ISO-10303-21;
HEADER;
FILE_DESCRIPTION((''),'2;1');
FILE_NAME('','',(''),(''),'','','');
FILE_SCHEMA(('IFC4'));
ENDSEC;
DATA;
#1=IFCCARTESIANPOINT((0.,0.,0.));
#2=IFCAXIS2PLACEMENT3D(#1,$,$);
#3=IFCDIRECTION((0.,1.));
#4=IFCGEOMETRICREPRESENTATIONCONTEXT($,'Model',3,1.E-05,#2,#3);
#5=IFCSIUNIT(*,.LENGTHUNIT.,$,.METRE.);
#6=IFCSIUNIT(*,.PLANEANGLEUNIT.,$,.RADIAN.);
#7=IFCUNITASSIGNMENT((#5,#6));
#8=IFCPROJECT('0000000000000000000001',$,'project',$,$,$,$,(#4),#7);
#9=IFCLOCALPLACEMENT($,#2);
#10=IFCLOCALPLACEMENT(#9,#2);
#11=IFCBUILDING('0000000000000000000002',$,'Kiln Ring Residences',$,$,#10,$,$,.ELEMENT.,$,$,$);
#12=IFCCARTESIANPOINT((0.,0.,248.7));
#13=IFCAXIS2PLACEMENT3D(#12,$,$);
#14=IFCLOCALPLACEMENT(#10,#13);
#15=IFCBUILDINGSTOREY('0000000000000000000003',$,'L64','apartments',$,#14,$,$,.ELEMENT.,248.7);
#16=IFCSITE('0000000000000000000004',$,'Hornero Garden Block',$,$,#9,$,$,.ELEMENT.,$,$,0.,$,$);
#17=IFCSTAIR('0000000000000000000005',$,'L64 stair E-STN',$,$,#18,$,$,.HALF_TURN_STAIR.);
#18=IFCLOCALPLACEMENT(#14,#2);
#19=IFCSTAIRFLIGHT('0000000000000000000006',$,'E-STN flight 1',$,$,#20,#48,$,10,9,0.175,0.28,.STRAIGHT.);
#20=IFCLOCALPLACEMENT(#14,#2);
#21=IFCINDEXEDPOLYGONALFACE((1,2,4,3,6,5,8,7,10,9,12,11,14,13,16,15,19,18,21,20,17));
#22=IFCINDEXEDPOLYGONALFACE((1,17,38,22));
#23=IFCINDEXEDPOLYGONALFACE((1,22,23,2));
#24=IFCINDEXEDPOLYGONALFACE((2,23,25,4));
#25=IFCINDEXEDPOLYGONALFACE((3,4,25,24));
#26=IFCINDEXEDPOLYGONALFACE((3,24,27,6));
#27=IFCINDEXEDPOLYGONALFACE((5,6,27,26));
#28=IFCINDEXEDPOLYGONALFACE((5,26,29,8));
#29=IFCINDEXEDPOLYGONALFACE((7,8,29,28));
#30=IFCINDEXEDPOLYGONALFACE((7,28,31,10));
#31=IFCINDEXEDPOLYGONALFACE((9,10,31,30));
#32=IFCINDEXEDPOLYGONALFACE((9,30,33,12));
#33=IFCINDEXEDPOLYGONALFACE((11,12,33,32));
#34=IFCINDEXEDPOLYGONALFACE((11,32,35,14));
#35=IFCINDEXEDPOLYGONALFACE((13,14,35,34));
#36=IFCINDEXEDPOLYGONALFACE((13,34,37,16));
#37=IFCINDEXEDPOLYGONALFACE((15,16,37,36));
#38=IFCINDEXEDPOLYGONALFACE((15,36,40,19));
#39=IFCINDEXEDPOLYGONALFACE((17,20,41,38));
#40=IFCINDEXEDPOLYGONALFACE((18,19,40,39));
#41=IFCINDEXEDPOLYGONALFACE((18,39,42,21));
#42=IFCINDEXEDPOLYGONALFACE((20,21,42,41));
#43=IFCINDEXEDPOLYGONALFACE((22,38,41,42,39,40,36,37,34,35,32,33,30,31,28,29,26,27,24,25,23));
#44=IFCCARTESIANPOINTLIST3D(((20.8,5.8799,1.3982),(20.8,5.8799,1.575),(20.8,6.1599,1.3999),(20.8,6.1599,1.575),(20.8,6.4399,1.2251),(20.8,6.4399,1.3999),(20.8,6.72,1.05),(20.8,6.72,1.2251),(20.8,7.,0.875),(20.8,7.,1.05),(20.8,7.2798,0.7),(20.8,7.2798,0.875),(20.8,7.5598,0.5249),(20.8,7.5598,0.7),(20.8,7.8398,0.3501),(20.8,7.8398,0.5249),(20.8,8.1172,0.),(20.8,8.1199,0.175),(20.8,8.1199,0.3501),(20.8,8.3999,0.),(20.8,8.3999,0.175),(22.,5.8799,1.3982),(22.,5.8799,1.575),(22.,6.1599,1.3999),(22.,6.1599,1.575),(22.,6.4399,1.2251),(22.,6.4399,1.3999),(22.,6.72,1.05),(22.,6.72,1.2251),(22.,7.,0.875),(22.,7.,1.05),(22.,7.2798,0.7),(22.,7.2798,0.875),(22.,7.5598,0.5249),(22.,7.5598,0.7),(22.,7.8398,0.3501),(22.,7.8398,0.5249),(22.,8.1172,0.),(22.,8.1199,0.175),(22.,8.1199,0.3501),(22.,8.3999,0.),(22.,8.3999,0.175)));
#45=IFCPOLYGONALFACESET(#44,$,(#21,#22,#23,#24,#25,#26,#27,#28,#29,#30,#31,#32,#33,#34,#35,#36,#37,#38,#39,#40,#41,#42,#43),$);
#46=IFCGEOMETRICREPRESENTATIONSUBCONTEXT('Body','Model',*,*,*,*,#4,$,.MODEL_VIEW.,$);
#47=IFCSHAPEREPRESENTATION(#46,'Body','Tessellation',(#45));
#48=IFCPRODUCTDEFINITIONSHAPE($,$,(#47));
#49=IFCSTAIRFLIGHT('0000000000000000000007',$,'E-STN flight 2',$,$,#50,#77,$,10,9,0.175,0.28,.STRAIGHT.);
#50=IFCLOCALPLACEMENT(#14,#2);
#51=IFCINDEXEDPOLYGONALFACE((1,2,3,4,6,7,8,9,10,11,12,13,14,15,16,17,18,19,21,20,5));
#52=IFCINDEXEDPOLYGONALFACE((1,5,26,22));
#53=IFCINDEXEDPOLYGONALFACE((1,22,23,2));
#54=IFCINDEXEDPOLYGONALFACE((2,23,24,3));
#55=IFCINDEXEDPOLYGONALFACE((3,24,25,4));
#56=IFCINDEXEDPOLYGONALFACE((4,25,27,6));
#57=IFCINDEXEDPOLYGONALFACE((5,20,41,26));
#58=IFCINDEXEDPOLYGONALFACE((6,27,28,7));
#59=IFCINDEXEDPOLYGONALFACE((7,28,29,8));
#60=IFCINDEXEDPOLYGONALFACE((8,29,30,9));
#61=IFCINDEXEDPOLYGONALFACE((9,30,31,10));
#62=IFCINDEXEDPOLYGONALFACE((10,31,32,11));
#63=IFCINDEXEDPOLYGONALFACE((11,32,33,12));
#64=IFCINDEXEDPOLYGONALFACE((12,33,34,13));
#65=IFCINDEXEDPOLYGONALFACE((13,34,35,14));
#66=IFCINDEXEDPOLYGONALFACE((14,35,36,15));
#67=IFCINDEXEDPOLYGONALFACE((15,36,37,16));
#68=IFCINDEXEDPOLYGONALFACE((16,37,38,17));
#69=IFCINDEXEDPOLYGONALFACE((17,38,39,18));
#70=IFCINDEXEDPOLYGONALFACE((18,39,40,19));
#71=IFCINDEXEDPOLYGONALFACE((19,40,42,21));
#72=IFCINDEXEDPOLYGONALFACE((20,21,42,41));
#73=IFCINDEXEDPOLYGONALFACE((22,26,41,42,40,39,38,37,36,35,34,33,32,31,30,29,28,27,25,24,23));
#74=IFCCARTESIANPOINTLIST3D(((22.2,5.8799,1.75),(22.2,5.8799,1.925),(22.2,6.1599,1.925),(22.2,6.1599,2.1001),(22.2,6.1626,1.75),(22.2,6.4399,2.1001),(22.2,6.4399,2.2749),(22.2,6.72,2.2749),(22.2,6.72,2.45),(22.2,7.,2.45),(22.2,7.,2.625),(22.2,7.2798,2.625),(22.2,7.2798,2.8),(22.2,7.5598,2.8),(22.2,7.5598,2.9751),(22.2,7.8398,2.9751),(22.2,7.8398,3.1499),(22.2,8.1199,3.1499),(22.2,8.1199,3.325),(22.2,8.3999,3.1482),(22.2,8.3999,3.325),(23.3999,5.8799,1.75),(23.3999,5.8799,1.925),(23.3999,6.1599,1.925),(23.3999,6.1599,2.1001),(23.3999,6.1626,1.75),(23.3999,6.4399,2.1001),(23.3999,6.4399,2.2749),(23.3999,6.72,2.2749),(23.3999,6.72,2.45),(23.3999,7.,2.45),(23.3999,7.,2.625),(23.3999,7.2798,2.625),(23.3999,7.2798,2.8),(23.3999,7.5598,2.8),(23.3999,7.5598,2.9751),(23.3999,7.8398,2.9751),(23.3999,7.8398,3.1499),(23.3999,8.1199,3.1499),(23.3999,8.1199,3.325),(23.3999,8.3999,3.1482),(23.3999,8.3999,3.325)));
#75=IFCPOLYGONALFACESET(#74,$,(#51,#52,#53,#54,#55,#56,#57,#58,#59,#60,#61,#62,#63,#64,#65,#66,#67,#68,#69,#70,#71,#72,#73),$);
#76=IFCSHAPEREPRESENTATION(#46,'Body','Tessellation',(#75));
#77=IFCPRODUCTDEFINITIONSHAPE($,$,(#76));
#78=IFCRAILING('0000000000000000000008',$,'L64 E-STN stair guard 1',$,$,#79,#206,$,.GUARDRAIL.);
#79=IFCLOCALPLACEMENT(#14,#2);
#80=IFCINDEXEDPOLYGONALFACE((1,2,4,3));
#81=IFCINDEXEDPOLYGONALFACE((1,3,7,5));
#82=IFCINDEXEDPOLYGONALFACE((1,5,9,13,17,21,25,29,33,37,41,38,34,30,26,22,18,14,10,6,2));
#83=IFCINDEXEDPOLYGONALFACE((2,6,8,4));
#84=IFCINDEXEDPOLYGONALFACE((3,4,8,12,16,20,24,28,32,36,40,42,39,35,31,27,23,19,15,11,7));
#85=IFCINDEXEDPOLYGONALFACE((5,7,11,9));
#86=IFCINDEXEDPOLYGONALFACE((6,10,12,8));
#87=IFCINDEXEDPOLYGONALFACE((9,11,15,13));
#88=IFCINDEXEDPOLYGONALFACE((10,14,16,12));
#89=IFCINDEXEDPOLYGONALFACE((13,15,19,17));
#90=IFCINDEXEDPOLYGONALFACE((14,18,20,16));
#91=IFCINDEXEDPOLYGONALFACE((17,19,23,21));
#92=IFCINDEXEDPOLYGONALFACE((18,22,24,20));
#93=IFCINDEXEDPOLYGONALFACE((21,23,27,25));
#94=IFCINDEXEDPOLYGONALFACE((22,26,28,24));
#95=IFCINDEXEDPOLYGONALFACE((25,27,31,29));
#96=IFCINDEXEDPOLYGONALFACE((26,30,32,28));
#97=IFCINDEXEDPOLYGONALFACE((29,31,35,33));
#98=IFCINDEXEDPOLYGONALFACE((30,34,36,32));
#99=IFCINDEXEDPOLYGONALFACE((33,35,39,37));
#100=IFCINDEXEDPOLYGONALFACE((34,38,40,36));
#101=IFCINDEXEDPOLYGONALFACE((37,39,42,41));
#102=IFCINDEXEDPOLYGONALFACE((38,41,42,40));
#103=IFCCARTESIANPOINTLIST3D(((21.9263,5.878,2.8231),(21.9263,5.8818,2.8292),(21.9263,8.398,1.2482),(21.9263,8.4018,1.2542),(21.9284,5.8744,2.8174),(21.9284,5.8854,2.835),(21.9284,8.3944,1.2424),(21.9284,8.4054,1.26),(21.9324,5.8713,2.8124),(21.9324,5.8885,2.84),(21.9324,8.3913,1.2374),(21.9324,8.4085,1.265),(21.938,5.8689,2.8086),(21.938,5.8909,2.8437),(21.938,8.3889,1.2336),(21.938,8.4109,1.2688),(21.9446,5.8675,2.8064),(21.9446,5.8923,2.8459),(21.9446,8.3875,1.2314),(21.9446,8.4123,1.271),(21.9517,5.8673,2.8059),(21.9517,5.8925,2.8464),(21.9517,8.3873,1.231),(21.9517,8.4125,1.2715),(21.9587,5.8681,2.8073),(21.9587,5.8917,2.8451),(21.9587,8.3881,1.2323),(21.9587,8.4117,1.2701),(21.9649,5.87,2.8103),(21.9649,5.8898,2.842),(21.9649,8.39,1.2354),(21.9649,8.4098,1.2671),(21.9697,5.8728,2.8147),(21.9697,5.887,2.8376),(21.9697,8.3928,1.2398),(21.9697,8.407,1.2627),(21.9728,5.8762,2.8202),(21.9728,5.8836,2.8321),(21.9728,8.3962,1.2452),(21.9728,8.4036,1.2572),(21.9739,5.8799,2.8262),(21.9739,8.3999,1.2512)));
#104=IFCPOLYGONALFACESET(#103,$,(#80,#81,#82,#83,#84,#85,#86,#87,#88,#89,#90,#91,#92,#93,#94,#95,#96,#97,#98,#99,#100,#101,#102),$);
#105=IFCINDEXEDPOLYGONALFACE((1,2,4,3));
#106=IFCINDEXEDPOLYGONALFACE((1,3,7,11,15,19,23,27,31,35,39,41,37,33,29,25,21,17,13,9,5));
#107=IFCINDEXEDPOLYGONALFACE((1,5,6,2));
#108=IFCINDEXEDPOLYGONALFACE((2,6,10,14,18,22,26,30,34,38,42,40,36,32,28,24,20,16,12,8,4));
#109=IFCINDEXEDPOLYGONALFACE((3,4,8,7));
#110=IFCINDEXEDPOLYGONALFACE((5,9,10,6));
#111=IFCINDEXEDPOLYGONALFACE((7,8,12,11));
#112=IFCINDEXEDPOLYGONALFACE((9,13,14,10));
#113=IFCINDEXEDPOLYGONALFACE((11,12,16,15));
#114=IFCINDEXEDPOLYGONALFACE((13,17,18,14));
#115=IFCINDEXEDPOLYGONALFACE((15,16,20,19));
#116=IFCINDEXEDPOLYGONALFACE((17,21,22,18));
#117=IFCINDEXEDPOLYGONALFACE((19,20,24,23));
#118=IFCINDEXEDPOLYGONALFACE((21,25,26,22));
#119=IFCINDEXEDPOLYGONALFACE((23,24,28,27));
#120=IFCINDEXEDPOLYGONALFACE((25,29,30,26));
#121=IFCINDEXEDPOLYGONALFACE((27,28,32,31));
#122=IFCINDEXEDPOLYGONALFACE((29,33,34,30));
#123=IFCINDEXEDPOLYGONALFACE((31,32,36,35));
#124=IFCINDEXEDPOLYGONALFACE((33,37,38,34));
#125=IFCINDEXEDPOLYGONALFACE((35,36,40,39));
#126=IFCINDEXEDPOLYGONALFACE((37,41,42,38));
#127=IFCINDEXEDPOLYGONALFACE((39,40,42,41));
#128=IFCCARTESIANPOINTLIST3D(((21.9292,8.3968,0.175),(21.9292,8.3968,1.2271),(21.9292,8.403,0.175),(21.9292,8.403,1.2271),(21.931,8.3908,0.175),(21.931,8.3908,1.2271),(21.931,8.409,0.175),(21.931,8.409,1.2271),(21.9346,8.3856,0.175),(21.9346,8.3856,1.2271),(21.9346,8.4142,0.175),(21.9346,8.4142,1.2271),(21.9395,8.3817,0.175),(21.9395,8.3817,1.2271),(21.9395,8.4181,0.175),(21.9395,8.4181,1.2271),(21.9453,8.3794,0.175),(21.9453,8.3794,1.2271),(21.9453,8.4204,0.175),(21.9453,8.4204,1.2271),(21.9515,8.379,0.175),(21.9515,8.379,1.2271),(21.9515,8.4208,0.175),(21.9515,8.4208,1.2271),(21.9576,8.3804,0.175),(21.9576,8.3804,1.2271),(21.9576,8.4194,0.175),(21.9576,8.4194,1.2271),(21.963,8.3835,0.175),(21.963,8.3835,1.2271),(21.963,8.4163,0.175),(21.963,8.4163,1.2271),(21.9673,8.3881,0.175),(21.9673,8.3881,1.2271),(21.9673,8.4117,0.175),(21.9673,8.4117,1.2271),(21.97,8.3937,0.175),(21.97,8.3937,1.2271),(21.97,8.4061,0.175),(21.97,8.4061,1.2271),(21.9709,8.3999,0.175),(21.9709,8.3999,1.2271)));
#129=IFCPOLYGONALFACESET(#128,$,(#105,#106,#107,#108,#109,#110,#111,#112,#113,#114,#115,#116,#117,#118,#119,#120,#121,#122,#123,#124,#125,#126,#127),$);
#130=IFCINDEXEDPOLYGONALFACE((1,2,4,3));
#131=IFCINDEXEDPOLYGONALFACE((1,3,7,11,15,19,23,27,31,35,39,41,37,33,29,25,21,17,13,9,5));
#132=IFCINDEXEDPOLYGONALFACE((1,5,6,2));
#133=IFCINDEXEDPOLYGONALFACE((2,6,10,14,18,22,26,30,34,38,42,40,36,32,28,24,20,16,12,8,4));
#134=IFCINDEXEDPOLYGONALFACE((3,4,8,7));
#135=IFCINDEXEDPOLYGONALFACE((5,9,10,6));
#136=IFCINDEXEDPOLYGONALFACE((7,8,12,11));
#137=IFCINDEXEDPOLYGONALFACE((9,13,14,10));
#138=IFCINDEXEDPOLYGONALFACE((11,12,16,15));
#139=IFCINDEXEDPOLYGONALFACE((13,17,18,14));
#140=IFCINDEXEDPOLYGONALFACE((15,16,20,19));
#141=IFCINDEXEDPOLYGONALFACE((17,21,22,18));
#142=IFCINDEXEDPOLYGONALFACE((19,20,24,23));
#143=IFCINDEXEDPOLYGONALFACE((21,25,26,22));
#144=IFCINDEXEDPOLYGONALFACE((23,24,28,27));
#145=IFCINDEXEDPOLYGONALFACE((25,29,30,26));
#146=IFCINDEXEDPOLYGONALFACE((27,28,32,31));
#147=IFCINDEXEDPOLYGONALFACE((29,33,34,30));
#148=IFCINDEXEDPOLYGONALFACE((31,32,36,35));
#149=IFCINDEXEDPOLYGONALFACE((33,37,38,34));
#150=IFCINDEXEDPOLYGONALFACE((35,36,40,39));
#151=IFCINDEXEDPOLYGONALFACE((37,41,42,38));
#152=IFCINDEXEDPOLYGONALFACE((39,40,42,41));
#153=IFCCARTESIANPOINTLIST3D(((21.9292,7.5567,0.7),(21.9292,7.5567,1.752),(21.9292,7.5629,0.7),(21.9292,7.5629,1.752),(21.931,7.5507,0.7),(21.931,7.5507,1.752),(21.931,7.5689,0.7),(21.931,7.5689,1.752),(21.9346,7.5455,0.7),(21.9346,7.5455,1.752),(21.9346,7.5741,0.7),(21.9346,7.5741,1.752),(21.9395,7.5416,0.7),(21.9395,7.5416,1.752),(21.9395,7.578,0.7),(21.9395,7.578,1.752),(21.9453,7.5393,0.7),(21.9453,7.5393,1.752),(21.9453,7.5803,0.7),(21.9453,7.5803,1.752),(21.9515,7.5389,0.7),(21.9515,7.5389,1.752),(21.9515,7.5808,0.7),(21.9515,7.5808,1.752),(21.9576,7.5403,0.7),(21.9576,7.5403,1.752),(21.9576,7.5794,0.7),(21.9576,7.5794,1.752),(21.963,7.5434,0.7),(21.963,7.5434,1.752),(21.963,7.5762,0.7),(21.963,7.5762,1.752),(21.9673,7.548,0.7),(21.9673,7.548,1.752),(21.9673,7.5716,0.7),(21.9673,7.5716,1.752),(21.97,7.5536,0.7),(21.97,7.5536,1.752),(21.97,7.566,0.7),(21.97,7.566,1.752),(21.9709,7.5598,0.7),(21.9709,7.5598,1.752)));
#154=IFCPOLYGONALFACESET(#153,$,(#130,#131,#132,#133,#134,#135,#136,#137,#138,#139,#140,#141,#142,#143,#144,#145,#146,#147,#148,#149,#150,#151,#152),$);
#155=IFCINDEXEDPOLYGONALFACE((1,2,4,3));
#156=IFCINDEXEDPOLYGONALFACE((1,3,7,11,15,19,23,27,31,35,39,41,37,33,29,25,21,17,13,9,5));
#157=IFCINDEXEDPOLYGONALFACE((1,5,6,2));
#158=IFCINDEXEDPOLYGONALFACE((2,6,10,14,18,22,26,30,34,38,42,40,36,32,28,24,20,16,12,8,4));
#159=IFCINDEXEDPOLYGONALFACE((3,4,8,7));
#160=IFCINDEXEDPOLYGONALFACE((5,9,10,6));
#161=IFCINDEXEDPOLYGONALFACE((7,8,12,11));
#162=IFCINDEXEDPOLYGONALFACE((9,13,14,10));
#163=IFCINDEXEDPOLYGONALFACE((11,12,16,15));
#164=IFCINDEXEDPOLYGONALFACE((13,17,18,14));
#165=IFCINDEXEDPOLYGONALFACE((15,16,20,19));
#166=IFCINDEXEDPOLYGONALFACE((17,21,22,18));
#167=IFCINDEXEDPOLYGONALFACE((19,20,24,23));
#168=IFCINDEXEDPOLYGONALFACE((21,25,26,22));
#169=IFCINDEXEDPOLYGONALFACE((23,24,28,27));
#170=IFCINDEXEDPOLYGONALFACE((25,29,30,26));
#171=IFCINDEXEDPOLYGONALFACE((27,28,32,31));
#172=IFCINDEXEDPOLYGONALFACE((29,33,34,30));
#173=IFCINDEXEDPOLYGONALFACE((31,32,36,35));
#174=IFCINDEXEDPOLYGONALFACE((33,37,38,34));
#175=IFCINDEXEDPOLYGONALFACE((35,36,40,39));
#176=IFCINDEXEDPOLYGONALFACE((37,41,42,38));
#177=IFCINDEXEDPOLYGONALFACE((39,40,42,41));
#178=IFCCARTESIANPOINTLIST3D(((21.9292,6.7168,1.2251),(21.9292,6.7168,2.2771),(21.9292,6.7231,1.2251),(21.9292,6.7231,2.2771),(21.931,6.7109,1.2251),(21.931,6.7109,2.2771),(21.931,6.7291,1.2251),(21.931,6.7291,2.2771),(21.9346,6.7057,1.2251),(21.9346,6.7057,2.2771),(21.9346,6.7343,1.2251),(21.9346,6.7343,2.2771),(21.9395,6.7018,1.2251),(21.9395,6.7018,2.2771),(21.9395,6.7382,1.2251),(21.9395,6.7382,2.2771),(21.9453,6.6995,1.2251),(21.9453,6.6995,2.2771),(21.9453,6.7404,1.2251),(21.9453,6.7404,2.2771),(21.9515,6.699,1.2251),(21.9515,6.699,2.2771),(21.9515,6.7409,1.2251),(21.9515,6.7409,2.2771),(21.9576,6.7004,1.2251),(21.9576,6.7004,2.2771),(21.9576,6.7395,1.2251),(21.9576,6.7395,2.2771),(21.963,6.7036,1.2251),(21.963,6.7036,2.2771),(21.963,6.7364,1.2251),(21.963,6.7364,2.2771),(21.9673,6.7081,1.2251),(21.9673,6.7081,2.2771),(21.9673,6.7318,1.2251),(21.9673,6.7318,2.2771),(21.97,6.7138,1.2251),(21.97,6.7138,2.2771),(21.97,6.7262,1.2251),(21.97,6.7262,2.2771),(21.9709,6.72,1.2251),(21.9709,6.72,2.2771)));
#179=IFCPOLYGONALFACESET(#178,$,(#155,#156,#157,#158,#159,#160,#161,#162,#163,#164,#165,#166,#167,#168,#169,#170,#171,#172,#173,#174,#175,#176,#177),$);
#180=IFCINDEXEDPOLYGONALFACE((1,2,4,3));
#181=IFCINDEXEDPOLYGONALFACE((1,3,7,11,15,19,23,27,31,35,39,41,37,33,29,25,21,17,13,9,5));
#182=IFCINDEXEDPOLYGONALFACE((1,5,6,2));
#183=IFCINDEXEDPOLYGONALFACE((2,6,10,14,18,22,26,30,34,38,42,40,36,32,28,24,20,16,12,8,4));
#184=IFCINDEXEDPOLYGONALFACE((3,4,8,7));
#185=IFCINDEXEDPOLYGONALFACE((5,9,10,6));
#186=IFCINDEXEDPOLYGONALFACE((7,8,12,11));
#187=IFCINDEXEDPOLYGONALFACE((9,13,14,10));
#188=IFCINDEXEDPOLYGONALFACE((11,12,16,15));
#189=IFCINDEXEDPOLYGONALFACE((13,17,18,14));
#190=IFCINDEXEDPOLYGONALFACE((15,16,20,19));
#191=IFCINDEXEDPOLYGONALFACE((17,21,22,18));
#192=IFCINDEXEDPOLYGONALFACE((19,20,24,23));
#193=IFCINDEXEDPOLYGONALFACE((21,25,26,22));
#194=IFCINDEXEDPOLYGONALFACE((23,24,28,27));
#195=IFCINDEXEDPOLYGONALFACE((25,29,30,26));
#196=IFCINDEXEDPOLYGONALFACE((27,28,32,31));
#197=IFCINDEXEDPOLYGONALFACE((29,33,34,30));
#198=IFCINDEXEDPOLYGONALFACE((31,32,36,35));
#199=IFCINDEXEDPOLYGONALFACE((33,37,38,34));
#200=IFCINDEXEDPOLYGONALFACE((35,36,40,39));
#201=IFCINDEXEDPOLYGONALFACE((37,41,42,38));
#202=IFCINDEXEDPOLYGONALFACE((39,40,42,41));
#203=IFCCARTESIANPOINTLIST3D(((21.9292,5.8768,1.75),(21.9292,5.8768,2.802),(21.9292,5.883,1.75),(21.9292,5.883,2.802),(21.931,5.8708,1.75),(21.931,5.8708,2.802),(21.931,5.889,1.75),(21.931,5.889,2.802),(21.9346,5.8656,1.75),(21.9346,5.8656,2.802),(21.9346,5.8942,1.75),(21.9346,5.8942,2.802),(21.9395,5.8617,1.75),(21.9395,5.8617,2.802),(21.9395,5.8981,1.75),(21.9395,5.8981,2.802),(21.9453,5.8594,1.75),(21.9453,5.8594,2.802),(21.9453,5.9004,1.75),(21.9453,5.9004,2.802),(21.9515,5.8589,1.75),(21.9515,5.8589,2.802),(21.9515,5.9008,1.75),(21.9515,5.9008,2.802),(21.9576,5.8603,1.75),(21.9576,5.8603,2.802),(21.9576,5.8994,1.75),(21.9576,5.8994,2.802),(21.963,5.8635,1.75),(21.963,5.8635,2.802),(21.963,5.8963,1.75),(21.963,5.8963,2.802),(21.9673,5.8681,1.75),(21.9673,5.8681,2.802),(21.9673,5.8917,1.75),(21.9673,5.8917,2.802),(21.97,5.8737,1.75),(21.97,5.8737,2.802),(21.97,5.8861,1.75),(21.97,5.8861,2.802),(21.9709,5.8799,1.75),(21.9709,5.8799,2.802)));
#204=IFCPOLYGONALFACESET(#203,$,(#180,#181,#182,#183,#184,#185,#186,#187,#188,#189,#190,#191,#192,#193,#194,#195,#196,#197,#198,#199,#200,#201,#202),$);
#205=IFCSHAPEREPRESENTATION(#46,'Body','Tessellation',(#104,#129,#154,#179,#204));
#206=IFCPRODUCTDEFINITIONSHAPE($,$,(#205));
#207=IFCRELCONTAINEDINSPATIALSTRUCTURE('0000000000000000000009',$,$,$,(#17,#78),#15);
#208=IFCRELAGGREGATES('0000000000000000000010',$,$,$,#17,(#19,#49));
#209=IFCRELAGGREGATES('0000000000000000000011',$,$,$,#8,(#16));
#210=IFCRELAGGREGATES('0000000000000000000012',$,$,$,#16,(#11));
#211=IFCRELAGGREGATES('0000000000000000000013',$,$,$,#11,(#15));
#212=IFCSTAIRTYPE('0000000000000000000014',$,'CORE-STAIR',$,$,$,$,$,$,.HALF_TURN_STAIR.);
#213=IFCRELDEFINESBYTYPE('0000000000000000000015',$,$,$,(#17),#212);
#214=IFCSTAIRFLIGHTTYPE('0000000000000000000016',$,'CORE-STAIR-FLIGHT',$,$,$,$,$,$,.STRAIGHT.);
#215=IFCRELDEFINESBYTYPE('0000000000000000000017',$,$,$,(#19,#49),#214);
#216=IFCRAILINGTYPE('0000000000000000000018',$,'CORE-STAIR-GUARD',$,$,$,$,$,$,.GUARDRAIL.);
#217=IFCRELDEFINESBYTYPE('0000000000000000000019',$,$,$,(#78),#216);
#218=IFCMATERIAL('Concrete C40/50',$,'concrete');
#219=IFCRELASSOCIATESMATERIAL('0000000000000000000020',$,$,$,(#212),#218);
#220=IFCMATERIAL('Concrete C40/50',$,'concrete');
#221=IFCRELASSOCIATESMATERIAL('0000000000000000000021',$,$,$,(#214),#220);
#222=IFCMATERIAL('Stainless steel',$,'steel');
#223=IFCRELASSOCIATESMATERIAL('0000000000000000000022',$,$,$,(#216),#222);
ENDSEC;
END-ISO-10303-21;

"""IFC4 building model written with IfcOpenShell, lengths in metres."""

from ifc_helpers import new_model, si_unit, direction, frame, origin, origin_2d, place, context, subcontext, project, spatial, polyline, circle, outline, extrude, material, type_object, element, aggregate, save


model = new_model("IFC4")

# Units and contexts
model_context = context("Model", 3, precision=1e-05, world=origin(), true_north=direction((0.0, 1.0)))
body_context = subcontext(model_context, "Body", "Model", "MODEL_VIEW")
ifc_project = project(units=[si_unit("LENGTHUNIT", "METRE"), si_unit("PLANEANGLEUNIT", "RADIAN")], contexts=[model_context])

# Site, building, storey
site_placement = place(None, origin())
site = spatial("IfcSite", under=ifc_project, at=site_placement, Name="Hornero Garden Block", CompositionType="ELEMENT", RefElevation=0.0)
building_placement = place(site_placement, origin())
building = spatial("IfcBuilding", under=site, at=building_placement, Name="Kiln Ring Residences", CompositionType="ELEMENT")
storey_placement = place(building_placement, frame((0.0, 0.0, 248.7)))
storey = spatial("IfcBuildingStorey", under=building, at=storey_placement, Name="L64", Description="apartments", CompositionType="ELEMENT", Elevation=248.7)

# Stair, stair flights
ifc_material_1 = material(Name="Concrete C40/50", Category="concrete")
stair_type = type_object("IfcStairType", Name="CORE-STAIR", PredefinedType="HALF_TURN_STAIR", material=ifc_material_1)
stair_placement = place(storey_placement, origin())
stair = element("IfcStair", 1, at=stair_placement, inside=storey, type_object=stair_type, Name="L64 stair E-STN", PredefinedType="HALF_TURN_STAIR")
ifc_material_2 = material(Name="Concrete C40/50", Category="concrete")
stair_flight_type = type_object("IfcStairFlightType", Name="CORE-STAIR-FLIGHT", PredefinedType="STRAIGHT", material=ifc_material_2)
stair_flight_1_placement = place(storey_placement, frame((21.3999, 8.3999, 0.0), z_axis=(0.0, 0.0, 1.0), x_axis=(0.0, -1.0, 0.0)))
stair_flight_1 = element("IfcStairFlight", 2, at=stair_flight_1_placement, type_object=stair_flight_type, Name="E-STN flight 1", NumberOfRisers=10, NumberOfTreads=9, PredefinedType="STRAIGHT", RiserHeight=0.175, TreadLength=0.28, context=body_context, shape_type="SweptSolid", body=[
    extrude(outline(polyline([(0.0, 0.0), (0.0, 0.175), (0.28, 0.175), (0.28, 0.3501), (0.5601, 0.3501), (0.5601, 0.5249), (0.8401, 0.5249), (0.8401, 0.7), (1.1201, 0.7), (1.1201, 0.875), (1.3999, 0.875), (1.3999, 1.05), (1.6799, 1.05), (1.6799, 1.2251), (1.96, 1.2251), (1.96, 1.3999), (2.24, 1.3999), (2.24, 1.575), (2.52, 1.575), (2.52, 1.75), (2.52, 1.3982), (0.2827, 0.0), (0.0, 0.0)])), frame((0.0, 0.6001, 0.0), z_axis=(0.0, -1.0, 0.0), x_axis=(1.0, 0.0, 0.0)), (0.0, 0.0, 1.0), 1.2),
])
stair_flight_2_placement = place(storey_placement, frame((22.8, 5.8799, 1.75), z_axis=(0.0, 0.0, 1.0), x_axis=(0.0, 1.0, 0.0)))
stair_flight_2 = element("IfcStairFlight", 3, at=stair_flight_2_placement, type_object=stair_flight_type, Name="E-STN flight 2", NumberOfRisers=10, NumberOfTreads=9, PredefinedType="STRAIGHT", RiserHeight=0.175, TreadLength=0.28, context=body_context, shape_type="SweptSolid", body=[
    extrude(outline(polyline([(0.0, 0.0), (0.0, 0.175), (0.28, 0.175), (0.28, 0.3501), (0.5601, 0.3501), (0.5601, 0.5249), (0.8401, 0.5249), (0.8401, 0.7), (1.1201, 0.7), (1.1201, 0.875), (1.3999, 0.875), (1.3999, 1.05), (1.6799, 1.05), (1.6799, 1.2251), (1.96, 1.2251), (1.96, 1.3999), (2.24, 1.3999), (2.24, 1.575), (2.52, 1.575), (2.52, 1.75), (2.52, 1.3982), (0.2827, 0.0), (0.0, 0.0)])), frame((0.0, 0.6001, 0.0), z_axis=(0.0, -1.0, 0.0), x_axis=(1.0, 0.0, 0.0)), (0.0, 0.0, 1.0), 1.2),
])
aggregate(stair, [stair_flight_1, stair_flight_2])

# Railing
ifc_material_3 = material(Name="Stainless steel", Category="steel")
railing_type_1 = type_object("IfcRailingType", Name="CORE-STAIR-GUARD", PredefinedType="GUARDRAIL", material=ifc_material_3)
railing_1_placement = place(storey_placement, frame((21.95, 8.3999, 0.175)))
element("IfcRailing", 4, at=railing_1_placement, inside=storey, type_object=railing_type_1, Name="L64 E-STN stair guard 1", PredefinedType="GUARDRAIL", context=body_context, shape_type="SweptSolid", body=[
    extrude(circle(Radius=0.0239, at=origin_2d()), frame((0.0, 0.0, 1.0762), z_axis=(0.0, -0.848008, 0.529984), x_axis=(1.0, 0.0, 0.0)), (0.0, 0.0, 1.0), 2.9717),
    extrude(circle(Radius=0.021, at=origin_2d()), origin(), (0.0, 0.0, 1.0), 1.052),
    extrude(circle(Radius=0.021, at=origin_2d()), frame((0.0, -0.8401, 0.5249)), (0.0, 0.0, 1.0), 1.052),
    extrude(circle(Radius=0.021, at=origin_2d()), frame((0.0, -1.6799, 1.05)), (0.0, 0.0, 1.0), 1.052),
    extrude(circle(Radius=0.021, at=origin_2d()), frame((0.0, -2.52, 1.575)), (0.0, 0.0, 1.0), 1.052),
])

save(model, "model.ifc")
